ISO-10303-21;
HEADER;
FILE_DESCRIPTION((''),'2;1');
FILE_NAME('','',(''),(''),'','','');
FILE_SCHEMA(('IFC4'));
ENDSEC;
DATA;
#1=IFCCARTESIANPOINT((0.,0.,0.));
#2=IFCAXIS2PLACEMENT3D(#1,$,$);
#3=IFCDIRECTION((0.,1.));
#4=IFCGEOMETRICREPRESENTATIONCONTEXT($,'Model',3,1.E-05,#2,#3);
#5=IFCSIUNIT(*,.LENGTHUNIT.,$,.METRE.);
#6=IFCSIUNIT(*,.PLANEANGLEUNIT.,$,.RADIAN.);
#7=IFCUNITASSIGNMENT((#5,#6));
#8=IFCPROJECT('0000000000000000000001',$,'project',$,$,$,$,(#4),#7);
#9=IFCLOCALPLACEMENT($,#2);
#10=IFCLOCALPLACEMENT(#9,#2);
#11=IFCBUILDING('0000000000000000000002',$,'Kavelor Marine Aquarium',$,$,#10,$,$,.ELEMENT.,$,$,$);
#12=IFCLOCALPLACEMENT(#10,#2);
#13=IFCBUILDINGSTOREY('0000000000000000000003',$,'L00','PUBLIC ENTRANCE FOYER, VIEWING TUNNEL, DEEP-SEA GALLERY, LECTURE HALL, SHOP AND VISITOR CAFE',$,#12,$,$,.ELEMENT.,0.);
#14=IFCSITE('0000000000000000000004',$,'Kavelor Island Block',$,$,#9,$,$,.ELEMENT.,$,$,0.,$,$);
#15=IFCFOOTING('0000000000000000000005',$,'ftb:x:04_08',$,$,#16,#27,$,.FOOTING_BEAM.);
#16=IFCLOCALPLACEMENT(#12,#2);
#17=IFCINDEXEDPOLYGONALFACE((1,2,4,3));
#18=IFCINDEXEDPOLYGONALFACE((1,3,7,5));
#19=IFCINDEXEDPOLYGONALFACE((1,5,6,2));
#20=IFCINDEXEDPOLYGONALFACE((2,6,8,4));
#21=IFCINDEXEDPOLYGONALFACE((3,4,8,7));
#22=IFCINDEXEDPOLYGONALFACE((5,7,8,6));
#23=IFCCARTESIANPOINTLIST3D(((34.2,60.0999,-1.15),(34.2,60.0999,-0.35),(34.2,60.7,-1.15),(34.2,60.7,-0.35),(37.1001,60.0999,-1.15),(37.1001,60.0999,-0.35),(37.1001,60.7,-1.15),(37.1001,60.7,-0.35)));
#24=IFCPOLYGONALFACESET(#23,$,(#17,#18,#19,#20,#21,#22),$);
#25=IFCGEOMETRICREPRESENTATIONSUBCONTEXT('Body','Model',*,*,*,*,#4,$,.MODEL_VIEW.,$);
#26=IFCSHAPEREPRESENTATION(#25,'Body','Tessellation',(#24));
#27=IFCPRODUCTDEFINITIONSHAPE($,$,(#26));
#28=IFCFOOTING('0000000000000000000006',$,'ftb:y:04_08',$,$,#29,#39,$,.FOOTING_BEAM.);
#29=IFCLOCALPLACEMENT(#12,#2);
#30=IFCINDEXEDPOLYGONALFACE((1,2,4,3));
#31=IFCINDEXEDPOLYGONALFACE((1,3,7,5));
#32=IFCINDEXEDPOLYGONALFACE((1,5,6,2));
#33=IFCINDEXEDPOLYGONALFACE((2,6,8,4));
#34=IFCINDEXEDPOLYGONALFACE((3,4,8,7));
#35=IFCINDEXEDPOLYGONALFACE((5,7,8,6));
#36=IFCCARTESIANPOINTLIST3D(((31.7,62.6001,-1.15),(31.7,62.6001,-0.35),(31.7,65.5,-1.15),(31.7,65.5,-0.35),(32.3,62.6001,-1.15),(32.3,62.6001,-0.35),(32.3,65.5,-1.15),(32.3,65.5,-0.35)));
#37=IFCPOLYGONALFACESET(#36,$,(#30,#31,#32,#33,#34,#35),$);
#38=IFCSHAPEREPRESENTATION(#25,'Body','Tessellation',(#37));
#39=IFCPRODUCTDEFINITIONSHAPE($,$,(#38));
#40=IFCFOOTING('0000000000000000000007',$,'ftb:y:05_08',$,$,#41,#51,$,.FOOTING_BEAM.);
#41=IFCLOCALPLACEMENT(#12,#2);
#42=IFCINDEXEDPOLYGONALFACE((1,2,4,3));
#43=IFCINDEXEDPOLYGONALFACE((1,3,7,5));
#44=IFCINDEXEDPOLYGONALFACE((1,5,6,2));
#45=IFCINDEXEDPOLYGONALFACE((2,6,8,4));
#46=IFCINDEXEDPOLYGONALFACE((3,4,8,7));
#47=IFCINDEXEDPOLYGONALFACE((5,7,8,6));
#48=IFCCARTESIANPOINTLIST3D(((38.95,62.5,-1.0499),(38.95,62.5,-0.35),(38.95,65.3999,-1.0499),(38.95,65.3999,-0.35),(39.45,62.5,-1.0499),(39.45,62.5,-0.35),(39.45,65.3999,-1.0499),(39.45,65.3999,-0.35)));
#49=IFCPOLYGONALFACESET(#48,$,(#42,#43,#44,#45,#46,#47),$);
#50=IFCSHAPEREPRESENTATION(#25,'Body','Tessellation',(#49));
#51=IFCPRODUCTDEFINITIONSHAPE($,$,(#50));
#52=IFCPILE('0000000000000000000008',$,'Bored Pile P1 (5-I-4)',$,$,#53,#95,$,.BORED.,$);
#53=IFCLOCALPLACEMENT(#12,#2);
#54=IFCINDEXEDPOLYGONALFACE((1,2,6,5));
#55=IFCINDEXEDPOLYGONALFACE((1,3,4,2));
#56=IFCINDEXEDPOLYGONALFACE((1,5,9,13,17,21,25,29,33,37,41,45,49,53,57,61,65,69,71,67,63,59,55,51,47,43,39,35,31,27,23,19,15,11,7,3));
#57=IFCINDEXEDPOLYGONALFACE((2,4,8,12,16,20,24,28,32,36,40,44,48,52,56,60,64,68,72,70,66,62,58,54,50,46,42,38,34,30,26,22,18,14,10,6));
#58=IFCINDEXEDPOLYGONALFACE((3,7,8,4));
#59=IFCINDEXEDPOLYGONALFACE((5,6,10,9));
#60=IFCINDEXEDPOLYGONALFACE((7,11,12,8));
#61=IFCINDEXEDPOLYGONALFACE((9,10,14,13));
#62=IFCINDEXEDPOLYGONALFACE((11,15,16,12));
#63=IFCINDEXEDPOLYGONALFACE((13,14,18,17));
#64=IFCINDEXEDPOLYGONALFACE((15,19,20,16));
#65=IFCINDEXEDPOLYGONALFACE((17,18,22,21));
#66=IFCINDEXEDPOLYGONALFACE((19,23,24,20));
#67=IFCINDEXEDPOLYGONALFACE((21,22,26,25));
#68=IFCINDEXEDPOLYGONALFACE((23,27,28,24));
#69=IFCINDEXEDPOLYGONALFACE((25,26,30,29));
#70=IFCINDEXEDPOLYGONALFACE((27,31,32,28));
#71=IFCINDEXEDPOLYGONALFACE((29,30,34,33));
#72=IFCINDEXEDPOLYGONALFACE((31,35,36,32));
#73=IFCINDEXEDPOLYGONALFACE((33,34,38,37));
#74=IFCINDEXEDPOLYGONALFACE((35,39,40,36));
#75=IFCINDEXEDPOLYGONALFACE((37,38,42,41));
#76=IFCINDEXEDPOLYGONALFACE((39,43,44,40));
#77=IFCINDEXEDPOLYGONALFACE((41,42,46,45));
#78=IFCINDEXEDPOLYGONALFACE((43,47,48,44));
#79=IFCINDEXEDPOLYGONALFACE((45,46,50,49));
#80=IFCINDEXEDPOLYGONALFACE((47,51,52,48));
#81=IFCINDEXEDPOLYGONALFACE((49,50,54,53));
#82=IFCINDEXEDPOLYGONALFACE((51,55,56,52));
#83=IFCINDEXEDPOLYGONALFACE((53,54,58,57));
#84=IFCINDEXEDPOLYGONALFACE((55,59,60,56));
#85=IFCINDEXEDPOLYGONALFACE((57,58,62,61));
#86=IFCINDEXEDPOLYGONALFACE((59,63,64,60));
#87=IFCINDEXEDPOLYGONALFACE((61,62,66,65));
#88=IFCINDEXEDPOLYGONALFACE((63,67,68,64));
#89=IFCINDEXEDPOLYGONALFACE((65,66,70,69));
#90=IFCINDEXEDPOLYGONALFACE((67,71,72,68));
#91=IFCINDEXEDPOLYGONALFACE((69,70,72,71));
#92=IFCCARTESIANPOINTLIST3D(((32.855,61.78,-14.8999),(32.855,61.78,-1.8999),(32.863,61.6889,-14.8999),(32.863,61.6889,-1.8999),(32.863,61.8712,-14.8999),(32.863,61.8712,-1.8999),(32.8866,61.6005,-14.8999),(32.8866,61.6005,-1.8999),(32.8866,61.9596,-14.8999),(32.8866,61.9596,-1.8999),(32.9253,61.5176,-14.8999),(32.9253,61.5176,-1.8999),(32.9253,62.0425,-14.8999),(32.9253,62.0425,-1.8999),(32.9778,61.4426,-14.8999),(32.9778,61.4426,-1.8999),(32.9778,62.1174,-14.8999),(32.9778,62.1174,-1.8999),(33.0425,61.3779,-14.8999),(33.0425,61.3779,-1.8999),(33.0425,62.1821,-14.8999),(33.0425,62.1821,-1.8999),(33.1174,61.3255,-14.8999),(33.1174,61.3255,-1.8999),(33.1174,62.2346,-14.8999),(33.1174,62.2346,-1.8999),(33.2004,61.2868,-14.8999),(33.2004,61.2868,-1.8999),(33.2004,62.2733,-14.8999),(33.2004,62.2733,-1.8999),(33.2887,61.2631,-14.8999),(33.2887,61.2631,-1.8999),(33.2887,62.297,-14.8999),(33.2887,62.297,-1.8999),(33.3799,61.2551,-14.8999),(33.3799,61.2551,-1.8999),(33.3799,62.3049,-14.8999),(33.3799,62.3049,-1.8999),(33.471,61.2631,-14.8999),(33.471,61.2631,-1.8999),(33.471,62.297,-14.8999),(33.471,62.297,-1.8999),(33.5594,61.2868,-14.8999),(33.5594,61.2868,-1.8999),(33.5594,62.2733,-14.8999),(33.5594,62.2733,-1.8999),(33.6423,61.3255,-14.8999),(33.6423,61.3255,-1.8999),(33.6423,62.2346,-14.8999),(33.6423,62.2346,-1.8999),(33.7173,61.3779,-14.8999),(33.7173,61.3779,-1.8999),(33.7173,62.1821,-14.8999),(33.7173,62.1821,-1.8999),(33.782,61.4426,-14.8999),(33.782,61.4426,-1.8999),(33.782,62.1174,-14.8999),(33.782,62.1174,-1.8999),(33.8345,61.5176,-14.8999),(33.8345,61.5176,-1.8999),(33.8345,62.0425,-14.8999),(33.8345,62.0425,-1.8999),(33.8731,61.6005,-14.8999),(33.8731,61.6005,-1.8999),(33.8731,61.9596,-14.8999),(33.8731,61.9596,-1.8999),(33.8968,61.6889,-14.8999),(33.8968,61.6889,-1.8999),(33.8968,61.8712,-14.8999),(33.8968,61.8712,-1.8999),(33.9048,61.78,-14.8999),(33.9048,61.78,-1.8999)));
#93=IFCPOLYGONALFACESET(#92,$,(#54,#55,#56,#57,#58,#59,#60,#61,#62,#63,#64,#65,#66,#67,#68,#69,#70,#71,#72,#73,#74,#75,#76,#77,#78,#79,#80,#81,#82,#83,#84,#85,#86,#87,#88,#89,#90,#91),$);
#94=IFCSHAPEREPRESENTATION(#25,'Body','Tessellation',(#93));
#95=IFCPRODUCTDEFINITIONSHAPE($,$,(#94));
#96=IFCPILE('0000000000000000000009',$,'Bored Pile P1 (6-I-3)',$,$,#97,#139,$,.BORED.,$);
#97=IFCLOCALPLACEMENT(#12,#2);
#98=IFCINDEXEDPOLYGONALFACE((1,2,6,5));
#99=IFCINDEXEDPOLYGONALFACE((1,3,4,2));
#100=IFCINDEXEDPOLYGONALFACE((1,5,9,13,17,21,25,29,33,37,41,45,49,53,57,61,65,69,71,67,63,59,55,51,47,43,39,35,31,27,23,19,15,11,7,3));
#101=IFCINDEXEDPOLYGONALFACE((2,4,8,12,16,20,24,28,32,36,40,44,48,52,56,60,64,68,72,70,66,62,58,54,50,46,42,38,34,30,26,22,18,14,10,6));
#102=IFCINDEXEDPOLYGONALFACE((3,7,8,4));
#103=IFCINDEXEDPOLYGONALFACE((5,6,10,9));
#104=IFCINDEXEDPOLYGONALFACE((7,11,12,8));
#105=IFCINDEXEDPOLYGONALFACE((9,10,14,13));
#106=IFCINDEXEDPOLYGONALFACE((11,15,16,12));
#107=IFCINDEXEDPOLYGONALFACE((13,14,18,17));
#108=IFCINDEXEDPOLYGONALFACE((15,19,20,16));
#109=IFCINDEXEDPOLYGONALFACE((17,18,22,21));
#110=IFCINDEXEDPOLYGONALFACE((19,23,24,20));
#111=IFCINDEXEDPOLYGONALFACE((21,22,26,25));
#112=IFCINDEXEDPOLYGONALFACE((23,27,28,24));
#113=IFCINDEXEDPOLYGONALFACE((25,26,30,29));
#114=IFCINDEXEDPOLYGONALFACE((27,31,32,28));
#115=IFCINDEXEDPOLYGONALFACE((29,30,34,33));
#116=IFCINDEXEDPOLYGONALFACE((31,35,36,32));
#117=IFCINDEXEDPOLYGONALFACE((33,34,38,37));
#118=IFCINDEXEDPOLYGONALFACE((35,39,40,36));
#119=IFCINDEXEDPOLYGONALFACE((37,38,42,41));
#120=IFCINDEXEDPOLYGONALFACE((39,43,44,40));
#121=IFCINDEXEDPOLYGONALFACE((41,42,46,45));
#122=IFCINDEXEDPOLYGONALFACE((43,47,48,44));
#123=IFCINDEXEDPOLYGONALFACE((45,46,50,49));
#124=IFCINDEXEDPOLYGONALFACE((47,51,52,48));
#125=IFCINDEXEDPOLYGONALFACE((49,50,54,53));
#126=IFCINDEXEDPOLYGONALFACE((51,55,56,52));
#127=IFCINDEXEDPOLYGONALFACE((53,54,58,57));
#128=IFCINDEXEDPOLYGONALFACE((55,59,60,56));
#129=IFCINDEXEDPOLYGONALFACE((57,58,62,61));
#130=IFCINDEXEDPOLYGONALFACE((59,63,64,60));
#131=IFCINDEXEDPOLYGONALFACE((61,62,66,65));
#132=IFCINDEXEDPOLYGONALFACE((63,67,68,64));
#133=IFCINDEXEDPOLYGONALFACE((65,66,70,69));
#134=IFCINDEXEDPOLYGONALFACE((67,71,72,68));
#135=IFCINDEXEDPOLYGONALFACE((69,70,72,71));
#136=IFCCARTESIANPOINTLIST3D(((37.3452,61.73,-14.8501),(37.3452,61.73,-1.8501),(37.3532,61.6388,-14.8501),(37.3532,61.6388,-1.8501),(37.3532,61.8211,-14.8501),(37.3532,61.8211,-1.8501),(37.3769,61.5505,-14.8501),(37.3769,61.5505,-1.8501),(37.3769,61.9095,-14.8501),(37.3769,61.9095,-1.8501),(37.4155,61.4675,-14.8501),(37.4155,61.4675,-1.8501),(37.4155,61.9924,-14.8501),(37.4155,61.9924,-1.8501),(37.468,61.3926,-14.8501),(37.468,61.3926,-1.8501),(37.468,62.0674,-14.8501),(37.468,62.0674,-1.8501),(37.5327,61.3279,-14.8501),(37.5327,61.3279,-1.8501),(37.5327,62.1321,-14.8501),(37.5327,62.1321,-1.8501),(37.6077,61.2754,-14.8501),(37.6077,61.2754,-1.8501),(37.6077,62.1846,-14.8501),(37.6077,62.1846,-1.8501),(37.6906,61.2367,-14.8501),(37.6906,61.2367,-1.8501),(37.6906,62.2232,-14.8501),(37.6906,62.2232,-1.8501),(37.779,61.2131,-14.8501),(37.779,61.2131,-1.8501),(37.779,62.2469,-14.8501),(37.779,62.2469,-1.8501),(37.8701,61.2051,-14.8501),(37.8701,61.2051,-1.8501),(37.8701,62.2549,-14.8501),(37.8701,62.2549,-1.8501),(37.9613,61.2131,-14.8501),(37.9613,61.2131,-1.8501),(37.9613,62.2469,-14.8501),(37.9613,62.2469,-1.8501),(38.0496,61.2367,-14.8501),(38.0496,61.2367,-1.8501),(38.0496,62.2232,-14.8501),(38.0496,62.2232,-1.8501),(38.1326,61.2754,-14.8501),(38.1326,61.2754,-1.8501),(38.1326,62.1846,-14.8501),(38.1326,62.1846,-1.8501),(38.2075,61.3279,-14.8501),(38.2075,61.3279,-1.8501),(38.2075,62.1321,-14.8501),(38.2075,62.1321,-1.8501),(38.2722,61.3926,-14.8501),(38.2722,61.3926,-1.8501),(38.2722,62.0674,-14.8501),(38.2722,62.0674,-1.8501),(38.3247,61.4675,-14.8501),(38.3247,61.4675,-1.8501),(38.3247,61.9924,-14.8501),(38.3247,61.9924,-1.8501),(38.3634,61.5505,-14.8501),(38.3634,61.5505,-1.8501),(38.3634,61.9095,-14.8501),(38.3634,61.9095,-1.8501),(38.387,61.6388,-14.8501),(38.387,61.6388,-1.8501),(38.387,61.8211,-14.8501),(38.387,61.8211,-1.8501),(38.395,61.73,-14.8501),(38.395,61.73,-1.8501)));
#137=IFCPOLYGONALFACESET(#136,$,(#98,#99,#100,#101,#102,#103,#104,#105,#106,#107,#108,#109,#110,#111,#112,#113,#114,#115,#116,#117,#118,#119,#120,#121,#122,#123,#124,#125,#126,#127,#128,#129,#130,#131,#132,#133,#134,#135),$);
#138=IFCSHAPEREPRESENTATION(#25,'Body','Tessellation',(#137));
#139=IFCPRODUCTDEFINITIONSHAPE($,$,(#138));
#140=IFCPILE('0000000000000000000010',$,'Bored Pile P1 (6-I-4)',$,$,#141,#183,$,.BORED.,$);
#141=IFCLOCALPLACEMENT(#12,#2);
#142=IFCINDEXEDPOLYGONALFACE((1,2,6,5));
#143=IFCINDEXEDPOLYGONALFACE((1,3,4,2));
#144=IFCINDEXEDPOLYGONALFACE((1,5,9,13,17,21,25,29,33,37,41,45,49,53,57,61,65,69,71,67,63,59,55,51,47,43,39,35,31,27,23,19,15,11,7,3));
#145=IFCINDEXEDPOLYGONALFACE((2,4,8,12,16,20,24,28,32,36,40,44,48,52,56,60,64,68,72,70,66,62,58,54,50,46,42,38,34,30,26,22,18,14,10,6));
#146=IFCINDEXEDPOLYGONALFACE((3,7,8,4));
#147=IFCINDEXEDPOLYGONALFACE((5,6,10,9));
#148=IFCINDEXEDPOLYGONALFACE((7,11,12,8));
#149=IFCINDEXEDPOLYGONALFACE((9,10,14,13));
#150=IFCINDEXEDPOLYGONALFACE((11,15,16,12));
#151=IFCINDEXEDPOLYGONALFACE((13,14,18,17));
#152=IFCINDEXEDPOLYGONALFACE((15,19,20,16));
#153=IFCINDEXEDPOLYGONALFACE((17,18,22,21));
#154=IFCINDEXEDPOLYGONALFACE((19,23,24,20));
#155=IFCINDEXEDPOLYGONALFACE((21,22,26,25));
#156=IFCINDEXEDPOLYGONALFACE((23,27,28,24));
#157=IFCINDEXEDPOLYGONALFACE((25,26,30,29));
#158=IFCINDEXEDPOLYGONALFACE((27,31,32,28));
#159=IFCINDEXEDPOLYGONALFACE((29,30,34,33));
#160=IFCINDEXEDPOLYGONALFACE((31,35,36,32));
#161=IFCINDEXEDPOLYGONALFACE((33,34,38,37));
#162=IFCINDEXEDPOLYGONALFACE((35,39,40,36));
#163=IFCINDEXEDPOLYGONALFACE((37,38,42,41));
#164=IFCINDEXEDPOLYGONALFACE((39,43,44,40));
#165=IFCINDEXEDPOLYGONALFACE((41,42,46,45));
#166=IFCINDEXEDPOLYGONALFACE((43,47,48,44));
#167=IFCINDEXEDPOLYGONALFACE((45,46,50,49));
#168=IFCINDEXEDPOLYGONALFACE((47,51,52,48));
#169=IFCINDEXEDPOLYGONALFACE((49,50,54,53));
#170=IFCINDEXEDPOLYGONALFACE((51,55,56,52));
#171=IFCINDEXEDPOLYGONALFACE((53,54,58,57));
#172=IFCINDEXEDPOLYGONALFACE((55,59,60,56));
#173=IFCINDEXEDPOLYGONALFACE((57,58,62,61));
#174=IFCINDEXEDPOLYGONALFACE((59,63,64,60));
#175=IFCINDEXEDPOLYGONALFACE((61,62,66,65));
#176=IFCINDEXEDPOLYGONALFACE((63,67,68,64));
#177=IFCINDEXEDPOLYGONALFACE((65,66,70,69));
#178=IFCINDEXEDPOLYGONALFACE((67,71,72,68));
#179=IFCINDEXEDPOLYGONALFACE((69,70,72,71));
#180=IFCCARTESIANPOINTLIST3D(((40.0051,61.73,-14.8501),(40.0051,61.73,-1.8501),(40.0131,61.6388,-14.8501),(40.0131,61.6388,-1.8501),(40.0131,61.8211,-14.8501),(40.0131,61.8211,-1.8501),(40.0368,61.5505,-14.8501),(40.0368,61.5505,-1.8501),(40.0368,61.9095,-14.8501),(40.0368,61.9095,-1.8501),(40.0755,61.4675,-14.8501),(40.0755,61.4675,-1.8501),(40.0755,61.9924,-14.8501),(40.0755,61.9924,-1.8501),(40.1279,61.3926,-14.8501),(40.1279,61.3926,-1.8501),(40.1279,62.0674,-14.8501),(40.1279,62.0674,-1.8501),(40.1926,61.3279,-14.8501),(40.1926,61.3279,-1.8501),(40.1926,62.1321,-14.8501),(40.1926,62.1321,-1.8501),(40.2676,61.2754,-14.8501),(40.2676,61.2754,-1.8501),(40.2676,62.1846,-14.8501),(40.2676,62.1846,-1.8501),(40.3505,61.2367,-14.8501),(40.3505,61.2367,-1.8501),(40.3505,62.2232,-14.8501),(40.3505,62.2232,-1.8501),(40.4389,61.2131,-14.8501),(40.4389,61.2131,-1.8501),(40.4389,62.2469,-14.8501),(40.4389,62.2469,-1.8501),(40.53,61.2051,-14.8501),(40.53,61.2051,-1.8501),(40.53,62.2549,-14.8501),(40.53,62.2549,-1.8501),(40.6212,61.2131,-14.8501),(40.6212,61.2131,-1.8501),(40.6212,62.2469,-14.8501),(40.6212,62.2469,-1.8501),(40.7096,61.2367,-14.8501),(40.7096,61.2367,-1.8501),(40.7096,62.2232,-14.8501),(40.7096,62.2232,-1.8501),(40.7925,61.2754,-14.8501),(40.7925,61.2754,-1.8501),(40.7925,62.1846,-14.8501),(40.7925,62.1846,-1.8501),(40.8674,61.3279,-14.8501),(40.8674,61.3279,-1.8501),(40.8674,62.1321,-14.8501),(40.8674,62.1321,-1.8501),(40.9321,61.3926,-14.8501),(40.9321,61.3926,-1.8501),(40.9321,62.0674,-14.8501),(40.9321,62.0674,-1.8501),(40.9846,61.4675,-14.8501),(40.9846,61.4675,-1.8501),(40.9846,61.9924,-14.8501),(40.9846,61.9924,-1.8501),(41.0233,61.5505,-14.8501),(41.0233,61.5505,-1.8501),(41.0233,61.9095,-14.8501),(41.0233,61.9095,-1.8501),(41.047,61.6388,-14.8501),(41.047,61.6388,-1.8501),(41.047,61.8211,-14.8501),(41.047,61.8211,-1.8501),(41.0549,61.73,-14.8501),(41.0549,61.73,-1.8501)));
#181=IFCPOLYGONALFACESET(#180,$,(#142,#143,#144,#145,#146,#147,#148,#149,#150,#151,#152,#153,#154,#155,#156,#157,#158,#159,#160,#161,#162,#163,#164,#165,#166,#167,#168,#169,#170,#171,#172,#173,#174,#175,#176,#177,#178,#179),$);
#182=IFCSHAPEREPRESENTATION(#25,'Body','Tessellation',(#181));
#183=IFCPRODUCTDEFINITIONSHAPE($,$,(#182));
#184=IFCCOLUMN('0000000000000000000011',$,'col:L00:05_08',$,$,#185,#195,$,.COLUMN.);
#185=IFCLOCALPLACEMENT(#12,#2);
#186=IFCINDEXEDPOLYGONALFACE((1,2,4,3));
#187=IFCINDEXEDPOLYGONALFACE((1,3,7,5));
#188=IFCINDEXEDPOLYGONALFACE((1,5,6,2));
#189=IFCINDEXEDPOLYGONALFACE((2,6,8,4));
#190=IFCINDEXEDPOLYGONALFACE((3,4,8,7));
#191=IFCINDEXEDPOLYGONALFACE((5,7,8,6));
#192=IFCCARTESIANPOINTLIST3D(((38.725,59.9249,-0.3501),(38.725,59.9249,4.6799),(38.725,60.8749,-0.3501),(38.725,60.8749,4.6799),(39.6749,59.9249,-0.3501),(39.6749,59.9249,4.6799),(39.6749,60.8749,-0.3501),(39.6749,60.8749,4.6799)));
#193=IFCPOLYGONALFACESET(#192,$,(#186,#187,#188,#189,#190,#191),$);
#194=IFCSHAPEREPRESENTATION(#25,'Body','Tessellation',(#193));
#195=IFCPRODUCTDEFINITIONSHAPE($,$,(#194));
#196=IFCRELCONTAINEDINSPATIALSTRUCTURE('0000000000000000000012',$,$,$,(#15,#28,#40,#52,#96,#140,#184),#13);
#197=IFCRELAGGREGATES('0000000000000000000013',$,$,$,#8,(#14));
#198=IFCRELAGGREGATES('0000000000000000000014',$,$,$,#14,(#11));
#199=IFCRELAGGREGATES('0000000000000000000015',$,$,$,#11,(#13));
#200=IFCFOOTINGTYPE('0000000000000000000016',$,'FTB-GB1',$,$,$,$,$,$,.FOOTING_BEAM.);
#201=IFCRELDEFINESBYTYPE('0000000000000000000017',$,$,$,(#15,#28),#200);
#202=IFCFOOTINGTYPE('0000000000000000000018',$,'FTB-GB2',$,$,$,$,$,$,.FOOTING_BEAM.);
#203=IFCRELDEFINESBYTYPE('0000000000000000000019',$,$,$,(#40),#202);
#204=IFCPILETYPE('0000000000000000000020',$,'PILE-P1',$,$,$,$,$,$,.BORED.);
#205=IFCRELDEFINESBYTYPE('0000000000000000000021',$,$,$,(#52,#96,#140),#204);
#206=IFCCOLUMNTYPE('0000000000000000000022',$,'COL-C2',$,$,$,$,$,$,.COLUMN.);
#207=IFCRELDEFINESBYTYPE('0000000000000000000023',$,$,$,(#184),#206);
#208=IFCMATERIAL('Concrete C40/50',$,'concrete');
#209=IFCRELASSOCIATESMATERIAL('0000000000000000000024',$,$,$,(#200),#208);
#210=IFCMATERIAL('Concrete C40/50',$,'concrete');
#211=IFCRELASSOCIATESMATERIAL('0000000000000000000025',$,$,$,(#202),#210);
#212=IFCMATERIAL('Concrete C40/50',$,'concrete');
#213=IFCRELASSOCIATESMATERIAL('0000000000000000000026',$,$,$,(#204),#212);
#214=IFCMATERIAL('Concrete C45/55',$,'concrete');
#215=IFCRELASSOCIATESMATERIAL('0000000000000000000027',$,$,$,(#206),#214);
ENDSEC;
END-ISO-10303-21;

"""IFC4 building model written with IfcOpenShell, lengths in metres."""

from ifc_helpers import new_model, si_unit, direction, frame, origin, origin_2d, place, context, subcontext, project, spatial, rectangle, circle, extrude, material, material_profile, profile_set, type_object, element, save


model = new_model("IFC4")

# Units and contexts
model_context = context("Model", 3, precision=1e-05, world=origin(), true_north=direction((0.0, 1.0)))
body_context = subcontext(model_context, "Body", "Model", "MODEL_VIEW")
ifc_project = project(units=[si_unit("LENGTHUNIT", "METRE"), si_unit("PLANEANGLEUNIT", "RADIAN")], contexts=[model_context])

# Site, building, storey
site_placement = place(None, origin())
site = spatial("IfcSite", under=ifc_project, at=site_placement, Name="Kavelor Island Block", CompositionType="ELEMENT", RefElevation=0.0)
building_placement = place(site_placement, origin())
building = spatial("IfcBuilding", under=site, at=building_placement, Name="Kavelor Marine Aquarium", CompositionType="ELEMENT")
storey_placement = place(building_placement, origin())
storey = spatial("IfcBuildingStorey", under=building, at=storey_placement, Name="L00", Description="PUBLIC ENTRANCE FOYER, VIEWING TUNNEL, DEEP-SEA GALLERY, LECTURE HALL, SHOP AND VISITOR CAFE", CompositionType="ELEMENT", Elevation=0.0)

# Footings
ifc_material_1 = material(Name="Concrete C40/50", Category="concrete")
ifc_material_profile_1 = material_profile(ifc_material_1, rectangle(XDim=0.6001, YDim=0.8, at=origin_2d()), Name="GB 600x800")
ifc_profile_set_1 = profile_set([ifc_material_profile_1], Name="Concrete C40/50")
footing_type_1 = type_object("IfcFootingType", Name="FTB-GB1", PredefinedType="FOOTING_BEAM", material=ifc_profile_set_1)
footing_1_placement = place(storey_placement, frame((34.2, 60.3999, -0.75), z_axis=(1.0, 0.0, 0.0), x_axis=(0.0, 1.0, 0.0)))
element("IfcFooting", 1, at=footing_1_placement, inside=storey, type_object=footing_type_1, Name="ftb:x:04_08", PredefinedType="FOOTING_BEAM", context=body_context, shape_type="SweptSolid", body=[
    extrude(rectangle(XDim=0.6001, YDim=0.8, at=origin_2d()), origin(), (0.0, 0.0, 1.0), 2.9001),
])
footing_2_placement = place(storey_placement, frame((32.0, 62.6001, -0.75), z_axis=(0.0, 1.0, 0.0), x_axis=(-1.0, 0.0, 0.0)))
element("IfcFooting", 2, at=footing_2_placement, inside=storey, type_object=footing_type_1, Name="ftb:y:04_08", PredefinedType="FOOTING_BEAM", context=body_context, shape_type="SweptSolid", body=[
    extrude(rectangle(XDim=0.6001, YDim=0.8, at=origin_2d()), origin(), (0.0, 0.0, 1.0), 2.8999),
])
ifc_material_2 = material(Name="Concrete C40/50", Category="concrete")
ifc_material_profile_2 = material_profile(ifc_material_2, rectangle(XDim=0.5, YDim=0.7, at=origin_2d()), Name="GB 500x700")
ifc_profile_set_2 = profile_set([ifc_material_profile_2], Name="Concrete C40/50")
footing_type_2 = type_object("IfcFootingType", Name="FTB-GB2", PredefinedType="FOOTING_BEAM", material=ifc_profile_set_2)
footing_3_placement = place(storey_placement, frame((39.2, 62.5, -0.7), z_axis=(0.0, 1.0, 0.0), x_axis=(-1.0, 0.0, 0.0)))
element("IfcFooting", 3, at=footing_3_placement, inside=storey, type_object=footing_type_2, Name="ftb:y:05_08", PredefinedType="FOOTING_BEAM", context=body_context, shape_type="SweptSolid", body=[
    extrude(rectangle(XDim=0.5, YDim=0.7, at=origin_2d()), origin(), (0.0, 0.0, 1.0), 2.8999),
])

# Piles
ifc_material_3 = material(Name="Concrete C40/50", Category="concrete")
ifc_material_profile_3 = material_profile(ifc_material_3, circle(Radius=0.5249, at=origin_2d()), Name="PILE D1050")
ifc_profile_set_3 = profile_set([ifc_material_profile_3], Name="Concrete C40/50")
pile_type = type_object("IfcPileType", Name="PILE-P1", PredefinedType="BORED", material=ifc_profile_set_3)
for number, where, z_axis, x_axis, name in (
    (4, (33.3799, 61.78, -1.8999), (0.0, 0.0, -1.0), (1.0, 0.0, 0.0), "Bored Pile P1 (5-I-4)"),
    (5, (37.8701, 61.73, -1.8501), (0.0, 0.0, -1.0), (1.0, 0.0, 0.0), "Bored Pile P1 (6-I-3)"),
    (6, (40.53, 61.73, -1.8501), (0.0, 0.0, -1.0), (1.0, 0.0, 0.0), "Bored Pile P1 (6-I-4)"),
):
    element("IfcPile", number, at=place(storey_placement, frame(where, z_axis=z_axis, x_axis=x_axis)), inside=storey, type_object=pile_type, Name=name, PredefinedType="BORED", context=body_context, shape_type="SweptSolid", body=[
        extrude(circle(Radius=0.5249, at=origin_2d()), origin(), (0.0, 0.0, 1.0), 13.0),
    ])

# Column
ifc_material_4 = material(Name="Concrete C45/55", Category="concrete")
ifc_material_profile_4 = material_profile(ifc_material_4, rectangle(XDim=0.95, YDim=0.95, at=origin_2d()), Name="RC-COL 950x950")
ifc_profile_set_4 = profile_set([ifc_material_profile_4], Name="Concrete C45/55")
column_type = type_object("IfcColumnType", Name="COL-C2", PredefinedType="COLUMN", material=ifc_profile_set_4)
column_placement = place(storey_placement, frame((39.2, 60.3999, -0.3501), z_axis=(0.0, 0.0, 1.0), x_axis=(1.0, 0.0, 0.0)))
element("IfcColumn", 7, at=column_placement, inside=storey, type_object=column_type, Name="col:L00:05_08", PredefinedType="COLUMN", context=body_context, shape_type="SweptSolid", body=[
    extrude(rectangle(XDim=0.95, YDim=0.95, at=origin_2d()), origin(), (0.0, 0.0, 1.0), 5.03),
])

save(model, "model.ifc")
